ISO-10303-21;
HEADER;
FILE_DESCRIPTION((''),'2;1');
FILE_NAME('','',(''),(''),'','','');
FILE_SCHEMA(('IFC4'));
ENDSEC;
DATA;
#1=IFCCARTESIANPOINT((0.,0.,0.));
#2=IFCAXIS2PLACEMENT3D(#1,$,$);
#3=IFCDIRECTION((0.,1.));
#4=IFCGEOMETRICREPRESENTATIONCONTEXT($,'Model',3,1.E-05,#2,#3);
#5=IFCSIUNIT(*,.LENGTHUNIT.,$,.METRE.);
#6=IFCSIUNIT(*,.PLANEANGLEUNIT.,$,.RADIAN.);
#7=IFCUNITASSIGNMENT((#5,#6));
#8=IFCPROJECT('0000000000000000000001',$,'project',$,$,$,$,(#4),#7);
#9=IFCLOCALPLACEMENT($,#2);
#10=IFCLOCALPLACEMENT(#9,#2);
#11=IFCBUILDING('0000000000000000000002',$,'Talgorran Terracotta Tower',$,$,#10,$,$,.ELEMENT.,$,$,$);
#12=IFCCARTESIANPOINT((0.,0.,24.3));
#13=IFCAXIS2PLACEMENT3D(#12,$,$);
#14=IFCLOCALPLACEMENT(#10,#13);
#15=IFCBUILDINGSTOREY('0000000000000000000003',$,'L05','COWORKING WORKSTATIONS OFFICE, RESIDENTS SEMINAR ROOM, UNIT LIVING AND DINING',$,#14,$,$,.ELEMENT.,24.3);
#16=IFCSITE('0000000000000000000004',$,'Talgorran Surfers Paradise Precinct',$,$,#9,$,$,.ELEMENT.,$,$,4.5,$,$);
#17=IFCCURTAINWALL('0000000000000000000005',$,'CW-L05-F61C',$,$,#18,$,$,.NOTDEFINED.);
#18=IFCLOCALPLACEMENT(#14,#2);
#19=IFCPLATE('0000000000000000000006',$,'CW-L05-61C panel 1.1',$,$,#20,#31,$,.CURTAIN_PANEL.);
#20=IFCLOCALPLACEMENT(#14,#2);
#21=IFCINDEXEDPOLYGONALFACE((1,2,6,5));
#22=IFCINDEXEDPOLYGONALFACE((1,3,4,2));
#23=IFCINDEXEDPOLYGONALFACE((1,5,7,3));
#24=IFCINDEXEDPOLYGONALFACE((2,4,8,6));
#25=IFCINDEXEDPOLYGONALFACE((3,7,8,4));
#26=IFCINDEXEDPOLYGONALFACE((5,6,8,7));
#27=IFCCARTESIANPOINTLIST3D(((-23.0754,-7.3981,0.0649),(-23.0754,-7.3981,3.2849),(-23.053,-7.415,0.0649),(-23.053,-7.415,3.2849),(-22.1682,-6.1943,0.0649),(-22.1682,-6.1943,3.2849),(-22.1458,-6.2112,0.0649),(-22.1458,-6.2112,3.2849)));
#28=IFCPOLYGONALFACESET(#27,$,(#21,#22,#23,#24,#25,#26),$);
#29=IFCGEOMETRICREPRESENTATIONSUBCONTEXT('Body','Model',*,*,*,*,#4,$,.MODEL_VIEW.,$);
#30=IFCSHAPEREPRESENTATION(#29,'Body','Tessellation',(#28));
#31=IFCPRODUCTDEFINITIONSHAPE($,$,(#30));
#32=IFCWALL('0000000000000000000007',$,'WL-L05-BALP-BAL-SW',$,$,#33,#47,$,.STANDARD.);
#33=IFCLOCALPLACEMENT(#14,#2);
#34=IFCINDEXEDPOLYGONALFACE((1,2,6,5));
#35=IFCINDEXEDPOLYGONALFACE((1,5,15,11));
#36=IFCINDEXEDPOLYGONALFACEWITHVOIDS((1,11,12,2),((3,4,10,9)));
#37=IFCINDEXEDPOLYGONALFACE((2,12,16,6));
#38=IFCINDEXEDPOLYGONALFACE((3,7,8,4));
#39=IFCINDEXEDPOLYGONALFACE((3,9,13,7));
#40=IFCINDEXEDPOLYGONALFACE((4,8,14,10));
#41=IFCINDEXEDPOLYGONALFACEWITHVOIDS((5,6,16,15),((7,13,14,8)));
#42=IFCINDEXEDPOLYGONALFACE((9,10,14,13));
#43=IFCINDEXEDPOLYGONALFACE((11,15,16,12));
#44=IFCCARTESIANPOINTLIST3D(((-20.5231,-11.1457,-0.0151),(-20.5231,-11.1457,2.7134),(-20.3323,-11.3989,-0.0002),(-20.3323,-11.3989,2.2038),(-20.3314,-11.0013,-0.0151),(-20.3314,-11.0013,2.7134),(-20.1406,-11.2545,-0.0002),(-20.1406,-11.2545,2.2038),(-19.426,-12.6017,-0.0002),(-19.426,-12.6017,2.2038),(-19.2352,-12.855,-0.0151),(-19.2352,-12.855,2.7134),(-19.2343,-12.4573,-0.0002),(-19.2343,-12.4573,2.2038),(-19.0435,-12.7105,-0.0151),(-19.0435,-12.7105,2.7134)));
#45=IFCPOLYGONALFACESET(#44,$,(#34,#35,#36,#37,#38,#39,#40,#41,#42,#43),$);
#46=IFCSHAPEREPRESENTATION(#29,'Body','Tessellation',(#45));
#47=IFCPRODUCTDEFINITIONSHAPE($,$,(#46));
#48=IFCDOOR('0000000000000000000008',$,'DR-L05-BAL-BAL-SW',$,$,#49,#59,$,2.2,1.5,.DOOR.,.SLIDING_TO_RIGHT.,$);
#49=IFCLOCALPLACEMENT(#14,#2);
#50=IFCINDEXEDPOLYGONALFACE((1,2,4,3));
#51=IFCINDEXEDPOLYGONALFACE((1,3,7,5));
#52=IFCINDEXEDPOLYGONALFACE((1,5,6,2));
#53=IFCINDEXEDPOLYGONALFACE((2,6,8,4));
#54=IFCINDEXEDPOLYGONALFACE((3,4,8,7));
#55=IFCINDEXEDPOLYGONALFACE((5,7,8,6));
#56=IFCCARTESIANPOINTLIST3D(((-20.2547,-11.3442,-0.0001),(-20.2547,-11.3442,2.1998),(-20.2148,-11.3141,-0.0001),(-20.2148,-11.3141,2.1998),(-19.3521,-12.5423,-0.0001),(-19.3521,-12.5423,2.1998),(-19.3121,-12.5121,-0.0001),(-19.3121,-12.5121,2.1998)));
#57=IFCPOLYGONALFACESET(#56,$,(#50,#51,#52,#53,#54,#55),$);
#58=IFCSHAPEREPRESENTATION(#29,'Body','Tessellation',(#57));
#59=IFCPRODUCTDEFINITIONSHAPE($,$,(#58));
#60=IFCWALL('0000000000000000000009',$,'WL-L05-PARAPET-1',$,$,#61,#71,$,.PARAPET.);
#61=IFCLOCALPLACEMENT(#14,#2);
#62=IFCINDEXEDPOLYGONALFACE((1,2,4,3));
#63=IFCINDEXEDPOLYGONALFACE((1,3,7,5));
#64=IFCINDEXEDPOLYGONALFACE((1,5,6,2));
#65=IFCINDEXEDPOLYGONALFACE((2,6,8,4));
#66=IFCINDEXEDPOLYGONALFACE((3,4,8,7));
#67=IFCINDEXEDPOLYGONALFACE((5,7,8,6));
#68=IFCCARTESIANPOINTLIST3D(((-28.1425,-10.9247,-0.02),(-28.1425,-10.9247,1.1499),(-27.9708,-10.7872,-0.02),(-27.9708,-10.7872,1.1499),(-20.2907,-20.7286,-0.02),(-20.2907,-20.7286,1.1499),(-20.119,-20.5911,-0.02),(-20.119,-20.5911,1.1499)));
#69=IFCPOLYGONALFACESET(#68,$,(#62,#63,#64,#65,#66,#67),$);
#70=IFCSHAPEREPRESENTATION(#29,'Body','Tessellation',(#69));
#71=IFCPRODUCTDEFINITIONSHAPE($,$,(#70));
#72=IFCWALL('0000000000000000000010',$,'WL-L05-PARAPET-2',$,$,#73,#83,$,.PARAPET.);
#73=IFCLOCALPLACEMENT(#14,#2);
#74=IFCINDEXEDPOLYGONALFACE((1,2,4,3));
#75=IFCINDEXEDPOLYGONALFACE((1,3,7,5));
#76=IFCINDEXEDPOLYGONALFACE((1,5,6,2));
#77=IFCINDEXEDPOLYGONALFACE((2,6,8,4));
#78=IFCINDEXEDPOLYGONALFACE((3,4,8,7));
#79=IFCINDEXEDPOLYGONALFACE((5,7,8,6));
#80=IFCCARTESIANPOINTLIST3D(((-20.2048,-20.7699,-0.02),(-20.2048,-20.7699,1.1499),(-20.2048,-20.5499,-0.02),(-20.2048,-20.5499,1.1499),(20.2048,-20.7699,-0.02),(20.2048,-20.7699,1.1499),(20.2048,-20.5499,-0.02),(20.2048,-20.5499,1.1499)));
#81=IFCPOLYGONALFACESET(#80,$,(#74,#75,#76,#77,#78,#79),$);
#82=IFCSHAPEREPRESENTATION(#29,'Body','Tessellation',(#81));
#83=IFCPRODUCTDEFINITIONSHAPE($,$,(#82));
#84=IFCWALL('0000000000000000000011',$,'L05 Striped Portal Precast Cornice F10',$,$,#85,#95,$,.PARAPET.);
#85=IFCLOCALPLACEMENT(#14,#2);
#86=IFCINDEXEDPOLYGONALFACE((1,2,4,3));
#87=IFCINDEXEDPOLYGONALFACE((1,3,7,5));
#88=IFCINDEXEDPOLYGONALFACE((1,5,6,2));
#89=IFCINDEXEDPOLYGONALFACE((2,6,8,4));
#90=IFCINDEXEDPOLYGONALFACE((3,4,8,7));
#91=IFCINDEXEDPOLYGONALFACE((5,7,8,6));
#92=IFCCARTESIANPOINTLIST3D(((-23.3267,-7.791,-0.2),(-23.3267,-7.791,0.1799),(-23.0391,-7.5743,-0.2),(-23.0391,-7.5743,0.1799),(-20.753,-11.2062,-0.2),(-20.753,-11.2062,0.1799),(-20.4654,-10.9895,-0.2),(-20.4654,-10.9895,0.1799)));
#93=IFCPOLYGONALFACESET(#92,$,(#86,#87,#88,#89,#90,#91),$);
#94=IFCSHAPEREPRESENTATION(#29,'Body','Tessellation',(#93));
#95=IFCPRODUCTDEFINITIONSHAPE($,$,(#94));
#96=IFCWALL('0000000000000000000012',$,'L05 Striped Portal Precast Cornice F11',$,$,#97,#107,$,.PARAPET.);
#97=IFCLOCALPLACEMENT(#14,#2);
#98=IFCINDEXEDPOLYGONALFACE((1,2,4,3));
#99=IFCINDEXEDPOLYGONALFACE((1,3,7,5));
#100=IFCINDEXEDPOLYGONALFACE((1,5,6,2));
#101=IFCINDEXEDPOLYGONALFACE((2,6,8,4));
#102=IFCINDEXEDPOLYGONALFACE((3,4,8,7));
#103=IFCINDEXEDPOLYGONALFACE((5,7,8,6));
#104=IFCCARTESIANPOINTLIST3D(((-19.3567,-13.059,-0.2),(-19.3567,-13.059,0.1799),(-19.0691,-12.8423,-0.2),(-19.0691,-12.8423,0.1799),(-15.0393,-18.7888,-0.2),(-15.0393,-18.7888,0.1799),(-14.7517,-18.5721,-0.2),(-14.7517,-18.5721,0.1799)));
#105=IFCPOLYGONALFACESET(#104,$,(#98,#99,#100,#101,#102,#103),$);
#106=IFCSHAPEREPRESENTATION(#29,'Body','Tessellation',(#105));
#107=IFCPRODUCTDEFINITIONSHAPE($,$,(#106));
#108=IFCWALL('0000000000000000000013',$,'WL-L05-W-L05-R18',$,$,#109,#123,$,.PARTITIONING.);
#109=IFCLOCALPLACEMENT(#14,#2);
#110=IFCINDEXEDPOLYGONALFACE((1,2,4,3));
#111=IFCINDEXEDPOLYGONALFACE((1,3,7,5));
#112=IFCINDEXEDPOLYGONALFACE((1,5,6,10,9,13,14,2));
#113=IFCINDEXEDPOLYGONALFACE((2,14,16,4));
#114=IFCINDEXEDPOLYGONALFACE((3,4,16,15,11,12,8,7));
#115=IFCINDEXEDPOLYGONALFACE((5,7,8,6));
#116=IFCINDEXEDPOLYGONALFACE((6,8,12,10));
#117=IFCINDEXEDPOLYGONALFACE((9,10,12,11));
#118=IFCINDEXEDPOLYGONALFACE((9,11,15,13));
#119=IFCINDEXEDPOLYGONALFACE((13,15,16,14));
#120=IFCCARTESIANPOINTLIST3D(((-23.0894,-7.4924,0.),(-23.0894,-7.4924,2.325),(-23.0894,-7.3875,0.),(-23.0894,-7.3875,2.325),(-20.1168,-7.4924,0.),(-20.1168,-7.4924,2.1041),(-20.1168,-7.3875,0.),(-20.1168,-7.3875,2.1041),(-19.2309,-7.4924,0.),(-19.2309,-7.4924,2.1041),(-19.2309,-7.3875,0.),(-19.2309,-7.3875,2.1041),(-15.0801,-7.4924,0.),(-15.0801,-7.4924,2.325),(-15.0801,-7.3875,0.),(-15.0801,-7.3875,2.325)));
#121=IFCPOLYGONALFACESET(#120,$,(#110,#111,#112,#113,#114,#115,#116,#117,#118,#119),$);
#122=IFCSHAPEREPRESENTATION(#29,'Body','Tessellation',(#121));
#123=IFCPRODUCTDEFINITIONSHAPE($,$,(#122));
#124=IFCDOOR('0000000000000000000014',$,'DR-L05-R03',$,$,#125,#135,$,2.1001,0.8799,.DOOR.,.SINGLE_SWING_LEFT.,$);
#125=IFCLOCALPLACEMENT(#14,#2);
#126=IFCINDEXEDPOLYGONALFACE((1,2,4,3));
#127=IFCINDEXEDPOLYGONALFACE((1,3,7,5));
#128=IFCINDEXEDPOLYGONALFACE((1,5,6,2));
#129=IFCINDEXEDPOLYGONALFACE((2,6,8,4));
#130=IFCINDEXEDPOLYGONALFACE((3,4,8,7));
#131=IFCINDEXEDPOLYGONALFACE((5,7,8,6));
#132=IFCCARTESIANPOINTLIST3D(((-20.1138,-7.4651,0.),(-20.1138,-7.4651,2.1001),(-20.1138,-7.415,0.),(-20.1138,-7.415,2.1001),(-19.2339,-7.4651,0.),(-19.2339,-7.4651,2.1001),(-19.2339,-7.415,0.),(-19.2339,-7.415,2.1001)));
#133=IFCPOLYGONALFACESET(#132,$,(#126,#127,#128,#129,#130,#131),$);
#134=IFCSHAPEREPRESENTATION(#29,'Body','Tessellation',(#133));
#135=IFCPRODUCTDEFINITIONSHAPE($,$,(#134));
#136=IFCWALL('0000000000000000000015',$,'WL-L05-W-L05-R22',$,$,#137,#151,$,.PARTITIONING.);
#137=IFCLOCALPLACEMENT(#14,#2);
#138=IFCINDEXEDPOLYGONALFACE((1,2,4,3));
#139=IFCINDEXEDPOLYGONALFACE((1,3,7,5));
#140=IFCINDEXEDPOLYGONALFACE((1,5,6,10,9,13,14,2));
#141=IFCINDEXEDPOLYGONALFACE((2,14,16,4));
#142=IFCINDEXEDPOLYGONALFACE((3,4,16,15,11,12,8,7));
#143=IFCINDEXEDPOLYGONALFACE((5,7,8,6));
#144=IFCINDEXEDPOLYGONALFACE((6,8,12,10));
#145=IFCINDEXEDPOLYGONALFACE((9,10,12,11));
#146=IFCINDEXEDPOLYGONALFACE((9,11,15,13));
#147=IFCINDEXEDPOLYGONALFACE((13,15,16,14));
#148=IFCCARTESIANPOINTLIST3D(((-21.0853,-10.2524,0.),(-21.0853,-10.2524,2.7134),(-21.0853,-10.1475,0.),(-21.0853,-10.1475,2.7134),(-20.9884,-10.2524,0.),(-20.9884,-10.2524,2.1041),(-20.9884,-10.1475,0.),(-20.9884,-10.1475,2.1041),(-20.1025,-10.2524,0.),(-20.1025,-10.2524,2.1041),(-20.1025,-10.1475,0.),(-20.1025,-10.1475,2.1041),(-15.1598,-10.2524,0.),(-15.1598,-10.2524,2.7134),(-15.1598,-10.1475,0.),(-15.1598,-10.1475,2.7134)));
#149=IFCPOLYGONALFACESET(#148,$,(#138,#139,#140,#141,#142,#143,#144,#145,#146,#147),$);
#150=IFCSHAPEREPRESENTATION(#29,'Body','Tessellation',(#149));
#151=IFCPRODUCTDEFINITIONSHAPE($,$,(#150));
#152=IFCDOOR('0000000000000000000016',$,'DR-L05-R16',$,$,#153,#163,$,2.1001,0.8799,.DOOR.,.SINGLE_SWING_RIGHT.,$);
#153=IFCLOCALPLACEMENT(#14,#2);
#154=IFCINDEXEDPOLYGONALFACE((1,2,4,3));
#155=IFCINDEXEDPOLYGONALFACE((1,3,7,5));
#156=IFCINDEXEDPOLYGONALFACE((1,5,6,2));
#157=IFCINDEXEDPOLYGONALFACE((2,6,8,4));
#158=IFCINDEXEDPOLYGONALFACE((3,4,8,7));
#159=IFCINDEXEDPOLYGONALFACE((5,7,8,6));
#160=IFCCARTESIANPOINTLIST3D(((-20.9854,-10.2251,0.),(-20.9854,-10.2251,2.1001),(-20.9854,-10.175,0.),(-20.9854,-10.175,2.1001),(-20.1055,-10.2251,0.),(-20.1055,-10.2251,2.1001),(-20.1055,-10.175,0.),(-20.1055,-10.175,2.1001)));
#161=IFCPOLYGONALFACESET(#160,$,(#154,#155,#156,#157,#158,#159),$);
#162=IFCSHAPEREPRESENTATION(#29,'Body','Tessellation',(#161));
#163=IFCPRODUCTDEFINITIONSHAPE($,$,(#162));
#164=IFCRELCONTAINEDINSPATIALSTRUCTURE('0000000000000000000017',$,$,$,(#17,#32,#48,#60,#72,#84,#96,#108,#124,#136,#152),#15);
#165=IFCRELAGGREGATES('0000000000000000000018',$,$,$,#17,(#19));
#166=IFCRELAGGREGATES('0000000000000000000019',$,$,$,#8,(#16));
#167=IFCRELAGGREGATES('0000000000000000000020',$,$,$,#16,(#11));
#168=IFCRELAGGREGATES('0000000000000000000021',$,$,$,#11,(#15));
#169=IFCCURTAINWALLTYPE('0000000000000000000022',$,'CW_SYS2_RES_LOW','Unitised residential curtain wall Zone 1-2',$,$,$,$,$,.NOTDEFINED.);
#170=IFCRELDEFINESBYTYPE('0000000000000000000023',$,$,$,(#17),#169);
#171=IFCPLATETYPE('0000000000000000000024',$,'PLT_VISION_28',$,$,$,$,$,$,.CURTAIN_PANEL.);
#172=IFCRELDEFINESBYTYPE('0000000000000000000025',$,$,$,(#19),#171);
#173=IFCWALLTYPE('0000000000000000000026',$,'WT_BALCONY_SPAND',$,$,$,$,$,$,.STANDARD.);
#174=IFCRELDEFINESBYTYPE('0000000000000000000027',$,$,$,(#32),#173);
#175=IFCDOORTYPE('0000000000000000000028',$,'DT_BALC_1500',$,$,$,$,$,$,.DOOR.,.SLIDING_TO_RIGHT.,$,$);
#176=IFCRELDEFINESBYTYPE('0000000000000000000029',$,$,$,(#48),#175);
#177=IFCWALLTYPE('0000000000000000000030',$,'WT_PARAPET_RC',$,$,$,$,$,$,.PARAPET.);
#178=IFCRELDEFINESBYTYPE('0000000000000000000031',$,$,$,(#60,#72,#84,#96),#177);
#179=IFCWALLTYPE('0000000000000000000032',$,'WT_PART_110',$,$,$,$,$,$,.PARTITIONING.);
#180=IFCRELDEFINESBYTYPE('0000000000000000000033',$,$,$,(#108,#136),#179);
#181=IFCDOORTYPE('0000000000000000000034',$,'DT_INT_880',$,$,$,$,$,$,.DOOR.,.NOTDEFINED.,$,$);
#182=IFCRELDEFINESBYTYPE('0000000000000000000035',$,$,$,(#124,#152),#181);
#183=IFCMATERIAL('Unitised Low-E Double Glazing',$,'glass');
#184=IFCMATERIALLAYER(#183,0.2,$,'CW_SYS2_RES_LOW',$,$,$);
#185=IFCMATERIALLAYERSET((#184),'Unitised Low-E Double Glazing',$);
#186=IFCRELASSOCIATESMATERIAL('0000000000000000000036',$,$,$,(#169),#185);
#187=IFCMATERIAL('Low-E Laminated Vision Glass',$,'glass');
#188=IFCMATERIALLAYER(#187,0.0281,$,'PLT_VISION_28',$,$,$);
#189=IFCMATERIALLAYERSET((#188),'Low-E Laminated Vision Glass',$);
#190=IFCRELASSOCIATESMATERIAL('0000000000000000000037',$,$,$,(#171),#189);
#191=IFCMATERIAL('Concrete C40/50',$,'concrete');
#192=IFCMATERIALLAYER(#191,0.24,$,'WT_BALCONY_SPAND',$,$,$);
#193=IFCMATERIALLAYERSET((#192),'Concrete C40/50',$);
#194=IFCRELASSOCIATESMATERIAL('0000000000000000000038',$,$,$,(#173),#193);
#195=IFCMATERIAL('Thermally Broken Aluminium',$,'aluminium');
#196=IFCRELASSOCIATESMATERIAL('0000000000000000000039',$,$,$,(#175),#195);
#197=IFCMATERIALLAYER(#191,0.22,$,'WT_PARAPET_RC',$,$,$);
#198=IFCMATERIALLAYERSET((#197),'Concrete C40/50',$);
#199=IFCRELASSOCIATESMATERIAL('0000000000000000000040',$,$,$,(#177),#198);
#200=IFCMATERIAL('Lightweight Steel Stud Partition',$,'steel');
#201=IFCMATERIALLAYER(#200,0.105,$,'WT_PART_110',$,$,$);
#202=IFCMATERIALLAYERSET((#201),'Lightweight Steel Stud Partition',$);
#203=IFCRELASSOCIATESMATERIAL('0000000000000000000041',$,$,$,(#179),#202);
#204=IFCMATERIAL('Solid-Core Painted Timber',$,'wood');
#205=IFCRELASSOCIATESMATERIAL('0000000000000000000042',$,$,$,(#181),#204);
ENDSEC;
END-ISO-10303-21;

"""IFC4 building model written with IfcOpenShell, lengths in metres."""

from ifc_helpers import new_model, si_unit, direction, frame, frame_2d, origin, origin_2d, place, context, subcontext, project, spatial, rectangle, extrude, source, transform, mapped, material, layer, layer_set, type_object, element, fill, aggregate, save


model = new_model("IFC4")

# Units and contexts
model_context = context("Model", 3, precision=1e-05, world=origin(), true_north=direction((0.0, 1.0)))
body_context = subcontext(model_context, "Body", "Model", "MODEL_VIEW")
ifc_project = project(units=[si_unit("LENGTHUNIT", "METRE"), si_unit("PLANEANGLEUNIT", "RADIAN")], contexts=[model_context])

# Site, building, storey
site_placement = place(None, origin())
site = spatial("IfcSite", under=ifc_project, at=site_placement, Name="Talgorran Surfers Paradise Precinct", CompositionType="ELEMENT", RefElevation=4.5)
building_placement = place(site_placement, origin())
building = spatial("IfcBuilding", under=site, at=building_placement, Name="Talgorran Terracotta Tower", CompositionType="ELEMENT")
storey_placement = place(building_placement, frame((0.0, 0.0, 24.3)))
storey = spatial("IfcBuildingStorey", under=building, at=storey_placement, Name="L05", Description="COWORKING WORKSTATIONS OFFICE, RESIDENTS SEMINAR ROOM, UNIT LIVING AND DINING", CompositionType="ELEMENT", Elevation=24.3)

# Shared definitions
ifc_material_1 = material(Name="Unitised Low-E Double Glazing", Category="glass")
ifc_layer_1 = layer(ifc_material_1, 0.2, Name="CW_SYS2_RES_LOW")
ifc_layer_set_1 = layer_set([ifc_layer_1], Name="Unitised Low-E Double Glazing")
curtain_wall_type = type_object("IfcCurtainWallType", Name="CW_SYS2_RES_LOW", Description="Unitised residential curtain wall Zone 1-2", PredefinedType="NOTDEFINED", material=ifc_layer_set_1)

# Curtain wall
curtain_wall_1_placement = place(storey_placement, origin())
curtain_wall_1 = element("IfcCurtainWall", 1, at=curtain_wall_1_placement, inside=storey, type_object=curtain_wall_type, Name="CW-L05-F61C", PredefinedType="NOTDEFINED")

# Plate
ifc_material_2 = material(Name="Low-E Laminated Vision Glass", Category="glass")
ifc_layer_2 = layer(ifc_material_2, 0.0281, Name="PLT_VISION_28")
ifc_layer_set_2 = layer_set([ifc_layer_2], Name="Low-E Laminated Vision Glass")
plate_type = type_object("IfcPlateType", Name="PLT_VISION_28", PredefinedType="CURTAIN_PANEL", material=ifc_layer_set_2)
shared_shape_1 = source(origin(), body_context, "Body", "SweptSolid", [
    extrude(rectangle(XDim=1.5073, YDim=0.0281, at=origin_2d()), origin(), (0.0, 0.0, 1.0), 3.22),
])
plate_1_placement = place(storey_placement, frame((-22.6106, -6.8047, 0.0649), z_axis=(0.0, 0.0, 1.0), x_axis=(-0.601836, -0.79862, 0.0)))
plate_1 = element("IfcPlate", 2, at=plate_1_placement, type_object=plate_type, Name="CW-L05-61C panel 1.1", PredefinedType="CURTAIN_PANEL", context=body_context, shape_type="MappedRepresentation", body=[
    mapped(shared_shape_1, transform((0.0, 0.0, 0.0), scale=1.0)),
])
aggregate(curtain_wall_1, [plate_1])

# Wall, opening, door
ifc_material_3 = material(Name="Concrete C40/50", Category="concrete")
ifc_layer_3 = layer(ifc_material_3, 0.24, Name="WT_BALCONY_SPAND")
ifc_layer_set_3 = layer_set([ifc_layer_3], Name="Concrete C40/50")
wall_type_1 = type_object("IfcWallType", Name="WT_BALCONY_SPAND", PredefinedType="STANDARD", material=ifc_layer_set_3)
wall_1_placement = place(storey_placement, frame((-20.4272, -11.0735, -0.0151), z_axis=(0.0, 0.0, 1.0), x_axis=(0.601769, -0.79867, 0.0)))
wall_1 = element("IfcWall", 3, at=wall_1_placement, inside=storey, type_object=wall_type_1, Name="WL-L05-BALP-BAL-SW", PredefinedType="STANDARD", context=body_context, shape_type="SweptSolid", body=[
    extrude(rectangle(XDim=2.1401, YDim=0.24, at=frame_2d((1.0701, 0.0))), origin(), (0.0, 0.0, 1.0), 2.7285),
])
opening_1_placement = place(wall_1_placement, frame((0.3201, 0.0, 0.0149)))
opening_1 = element("IfcOpeningElement", 4, at=opening_1_placement, cuts=wall_1, PredefinedType="OPENING", context=body_context, shape_type="SweptSolid", body=[
    extrude(rectangle(XDim=1.506, YDim=2.204, at=frame_2d((0.75, 1.1021))), frame((0.0, 0.1299, 0.0), z_axis=(0.0, -1.0, 0.0), x_axis=(1.0, 0.0, 0.0)), (0.0, 0.0, 1.0), 0.26),
])
ifc_material_4 = material(Name="Thermally Broken Aluminium", Category="aluminium")
door_type_1 = type_object("IfcDoorType", Name="DT_BALC_1500", OperationType="SLIDING_TO_RIGHT", PredefinedType="DOOR", material=ifc_material_4)
door_1_placement = place(opening_1_placement, origin())
door_1 = element("IfcDoor", 5, at=door_1_placement, inside=storey, type_object=door_type_1, Name="DR-L05-BAL-BAL-SW", OperationType="SLIDING_TO_RIGHT", OverallHeight=2.2, OverallWidth=1.5, PredefinedType="DOOR", context=body_context, shape_type="SweptSolid", body=[
    extrude(rectangle(XDim=1.5, YDim=2.2, at=frame_2d((0.75, 1.1001))), frame((0.0, 0.0249, 0.0), z_axis=(0.0, -1.0, 0.0), x_axis=(1.0, 0.0, 0.0)), (0.0, 0.0, 1.0), 0.05),
])
fill(opening_1, door_1)

# Walls
ifc_layer_4 = layer(ifc_material_3, 0.22, Name="WT_PARAPET_RC")
ifc_layer_set_4 = layer_set([ifc_layer_4], Name="Concrete C40/50")
wall_type_2 = type_object("IfcWallType", Name="WT_PARAPET_RC", PredefinedType="PARAPET", material=ifc_layer_set_4)
wall_2_placement = place(storey_placement, frame((-28.0566, -10.856, -0.02), z_axis=(0.0, 0.0, 1.0), x_axis=(0.625115, -0.780533, 0.0)))
element("IfcWall", 6, at=wall_2_placement, inside=storey, type_object=wall_type_2, Name="WL-L05-PARAPET-1", PredefinedType="PARAPET", context=body_context, shape_type="SweptSolid", body=[
    extrude(rectangle(XDim=12.5605, YDim=0.22, at=frame_2d((6.2803, 0.0))), origin(), (0.0, 0.0, 1.0), 1.1699),
])
wall_3_placement = place(storey_placement, frame((-20.2048, -20.6599, -0.02), z_axis=(0.0, 0.0, 1.0), x_axis=(1.0, 0.0, 0.0)))
element("IfcWall", 7, at=wall_3_placement, inside=storey, type_object=wall_type_2, Name="WL-L05-PARAPET-2", PredefinedType="PARAPET", context=body_context, shape_type="SweptSolid", body=[
    extrude(rectangle(XDim=40.4097, YDim=0.22, at=frame_2d((20.2048, 0.0))), origin(), (0.0, 0.0, 1.0), 1.1699),
])
wall_4_placement = place(storey_placement, frame((-23.1829, -7.6826, -0.2), z_axis=(0.0, 0.0, 1.0), x_axis=(0.601834, -0.798621, 0.0)))
element("IfcWall", 8, at=wall_4_placement, inside=storey, type_object=wall_type_2, Name="L05 Striped Portal Precast Cornice F10", PredefinedType="PARAPET", context=body_context, shape_type="SweptSolid", body=[
    extrude(rectangle(XDim=4.2764, YDim=0.3601, at=frame_2d((2.1382, 0.0))), origin(), (0.0, 0.0, 1.0), 0.3799),
])
wall_5_placement = place(storey_placement, frame((-19.2129, -12.9507, -0.2), z_axis=(0.0, 0.0, 1.0), x_axis=(0.60179, -0.798654, 0.0)))
element("IfcWall", 9, at=wall_5_placement, inside=storey, type_object=wall_type_2, Name="L05 Striped Portal Precast Cornice F11", PredefinedType="PARAPET", context=body_context, shape_type="SweptSolid", body=[
    extrude(rectangle(XDim=7.1743, YDim=0.3601, at=frame_2d((3.5872, 0.0))), origin(), (0.0, 0.0, 1.0), 0.3799),
])

# Walls, openings, doors
ifc_material_5 = material(Name="Lightweight Steel Stud Partition", Category="steel")
ifc_layer_5 = layer(ifc_material_5, 0.105, Name="WT_PART_110")
ifc_layer_set_5 = layer_set([ifc_layer_5], Name="Lightweight Steel Stud Partition")
wall_type_3 = type_object("IfcWallType", Name="WT_PART_110", PredefinedType="PARTITIONING", material=ifc_layer_set_5)
wall_6_placement = place(storey_placement, frame((-23.0894, -7.4399, 0.0), z_axis=(0.0, 0.0, 1.0), x_axis=(1.0, 0.0, 0.0)))
wall_6 = element("IfcWall", 10, at=wall_6_placement, inside=storey, type_object=wall_type_3, Name="WL-L05-W-L05-R18", PredefinedType="PARTITIONING", context=body_context, shape_type="SweptSolid", body=[
    extrude(rectangle(XDim=8.0093, YDim=0.105, at=frame_2d((4.0046, 0.0))), origin(), (0.0, 0.0, 1.0), 2.325),
])
opening_2_placement = place(wall_6_placement, frame((2.9756, 0.0, 0.0)))
opening_2 = element("IfcOpeningElement", 11, at=opening_2_placement, cuts=wall_6, PredefinedType="OPENING", context=body_context, shape_type="SweptSolid", body=[
    extrude(rectangle(XDim=0.8859, YDim=2.1041, at=frame_2d((0.4399, 1.052))), frame((0.0, 0.0625, 0.0), z_axis=(0.0, -1.0, 0.0), x_axis=(1.0, 0.0, 0.0)), (0.0, 0.0, 1.0), 0.125),
])
ifc_material_6 = material(Name="Solid-Core Painted Timber", Category="wood")
door_type_2 = type_object("IfcDoorType", Name="DT_INT_880", OperationType="NOTDEFINED", PredefinedType="DOOR", material=ifc_material_6)
door_2_placement = place(opening_2_placement, origin())
door_2 = element("IfcDoor", 12, at=door_2_placement, inside=storey, type_object=door_type_2, Name="DR-L05-R03", OperationType="SINGLE_SWING_LEFT", OverallHeight=2.1001, OverallWidth=0.8799, PredefinedType="DOOR", context=body_context, shape_type="SweptSolid", body=[
    extrude(rectangle(XDim=0.8799, YDim=2.1001, at=frame_2d((0.4399, 1.05))), frame((0.0, 0.0249, 0.0), z_axis=(0.0, -1.0, 0.0), x_axis=(1.0, 0.0, 0.0)), (0.0, 0.0, 1.0), 0.05),
])
fill(opening_2, door_2)
wall_7_placement = place(storey_placement, frame((-21.0854, -10.2, 0.0), z_axis=(0.0, 0.0, 1.0), x_axis=(1.0, 0.0, 0.0)))
wall_7 = element("IfcWall", 13, at=wall_7_placement, inside=storey, type_object=wall_type_3, Name="WL-L05-W-L05-R22", PredefinedType="PARTITIONING", context=body_context, shape_type="SweptSolid", body=[
    extrude(rectangle(XDim=5.9255, YDim=0.105, at=frame_2d((2.9629, 0.0))), origin(), (0.0, 0.0, 1.0), 2.7134),
])
opening_3_placement = place(wall_7_placement, frame((0.1001, 0.0, 0.0)))
opening_3 = element("IfcOpeningElement", 14, at=opening_3_placement, cuts=wall_7, PredefinedType="OPENING", context=body_context, shape_type="SweptSolid", body=[
    extrude(rectangle(XDim=0.8859, YDim=2.1041, at=frame_2d((0.4399, 1.052))), frame((0.0, 0.0625, 0.0), z_axis=(0.0, -1.0, 0.0), x_axis=(1.0, 0.0, 0.0)), (0.0, 0.0, 1.0), 0.125),
])
door_3_placement = place(opening_3_placement, origin())
door_3 = element("IfcDoor", 15, at=door_3_placement, inside=storey, type_object=door_type_2, Name="DR-L05-R16", OperationType="SINGLE_SWING_RIGHT", OverallHeight=2.1001, OverallWidth=0.8799, PredefinedType="DOOR", context=body_context, shape_type="SweptSolid", body=[
    extrude(rectangle(XDim=0.8799, YDim=2.1001, at=frame_2d((0.4399, 1.05))), frame((0.0, 0.0249, 0.0), z_axis=(0.0, -1.0, 0.0), x_axis=(1.0, 0.0, 0.0)), (0.0, 0.0, 1.0), 0.05),
])
fill(opening_3, door_3)

save(model, "model.ifc")
